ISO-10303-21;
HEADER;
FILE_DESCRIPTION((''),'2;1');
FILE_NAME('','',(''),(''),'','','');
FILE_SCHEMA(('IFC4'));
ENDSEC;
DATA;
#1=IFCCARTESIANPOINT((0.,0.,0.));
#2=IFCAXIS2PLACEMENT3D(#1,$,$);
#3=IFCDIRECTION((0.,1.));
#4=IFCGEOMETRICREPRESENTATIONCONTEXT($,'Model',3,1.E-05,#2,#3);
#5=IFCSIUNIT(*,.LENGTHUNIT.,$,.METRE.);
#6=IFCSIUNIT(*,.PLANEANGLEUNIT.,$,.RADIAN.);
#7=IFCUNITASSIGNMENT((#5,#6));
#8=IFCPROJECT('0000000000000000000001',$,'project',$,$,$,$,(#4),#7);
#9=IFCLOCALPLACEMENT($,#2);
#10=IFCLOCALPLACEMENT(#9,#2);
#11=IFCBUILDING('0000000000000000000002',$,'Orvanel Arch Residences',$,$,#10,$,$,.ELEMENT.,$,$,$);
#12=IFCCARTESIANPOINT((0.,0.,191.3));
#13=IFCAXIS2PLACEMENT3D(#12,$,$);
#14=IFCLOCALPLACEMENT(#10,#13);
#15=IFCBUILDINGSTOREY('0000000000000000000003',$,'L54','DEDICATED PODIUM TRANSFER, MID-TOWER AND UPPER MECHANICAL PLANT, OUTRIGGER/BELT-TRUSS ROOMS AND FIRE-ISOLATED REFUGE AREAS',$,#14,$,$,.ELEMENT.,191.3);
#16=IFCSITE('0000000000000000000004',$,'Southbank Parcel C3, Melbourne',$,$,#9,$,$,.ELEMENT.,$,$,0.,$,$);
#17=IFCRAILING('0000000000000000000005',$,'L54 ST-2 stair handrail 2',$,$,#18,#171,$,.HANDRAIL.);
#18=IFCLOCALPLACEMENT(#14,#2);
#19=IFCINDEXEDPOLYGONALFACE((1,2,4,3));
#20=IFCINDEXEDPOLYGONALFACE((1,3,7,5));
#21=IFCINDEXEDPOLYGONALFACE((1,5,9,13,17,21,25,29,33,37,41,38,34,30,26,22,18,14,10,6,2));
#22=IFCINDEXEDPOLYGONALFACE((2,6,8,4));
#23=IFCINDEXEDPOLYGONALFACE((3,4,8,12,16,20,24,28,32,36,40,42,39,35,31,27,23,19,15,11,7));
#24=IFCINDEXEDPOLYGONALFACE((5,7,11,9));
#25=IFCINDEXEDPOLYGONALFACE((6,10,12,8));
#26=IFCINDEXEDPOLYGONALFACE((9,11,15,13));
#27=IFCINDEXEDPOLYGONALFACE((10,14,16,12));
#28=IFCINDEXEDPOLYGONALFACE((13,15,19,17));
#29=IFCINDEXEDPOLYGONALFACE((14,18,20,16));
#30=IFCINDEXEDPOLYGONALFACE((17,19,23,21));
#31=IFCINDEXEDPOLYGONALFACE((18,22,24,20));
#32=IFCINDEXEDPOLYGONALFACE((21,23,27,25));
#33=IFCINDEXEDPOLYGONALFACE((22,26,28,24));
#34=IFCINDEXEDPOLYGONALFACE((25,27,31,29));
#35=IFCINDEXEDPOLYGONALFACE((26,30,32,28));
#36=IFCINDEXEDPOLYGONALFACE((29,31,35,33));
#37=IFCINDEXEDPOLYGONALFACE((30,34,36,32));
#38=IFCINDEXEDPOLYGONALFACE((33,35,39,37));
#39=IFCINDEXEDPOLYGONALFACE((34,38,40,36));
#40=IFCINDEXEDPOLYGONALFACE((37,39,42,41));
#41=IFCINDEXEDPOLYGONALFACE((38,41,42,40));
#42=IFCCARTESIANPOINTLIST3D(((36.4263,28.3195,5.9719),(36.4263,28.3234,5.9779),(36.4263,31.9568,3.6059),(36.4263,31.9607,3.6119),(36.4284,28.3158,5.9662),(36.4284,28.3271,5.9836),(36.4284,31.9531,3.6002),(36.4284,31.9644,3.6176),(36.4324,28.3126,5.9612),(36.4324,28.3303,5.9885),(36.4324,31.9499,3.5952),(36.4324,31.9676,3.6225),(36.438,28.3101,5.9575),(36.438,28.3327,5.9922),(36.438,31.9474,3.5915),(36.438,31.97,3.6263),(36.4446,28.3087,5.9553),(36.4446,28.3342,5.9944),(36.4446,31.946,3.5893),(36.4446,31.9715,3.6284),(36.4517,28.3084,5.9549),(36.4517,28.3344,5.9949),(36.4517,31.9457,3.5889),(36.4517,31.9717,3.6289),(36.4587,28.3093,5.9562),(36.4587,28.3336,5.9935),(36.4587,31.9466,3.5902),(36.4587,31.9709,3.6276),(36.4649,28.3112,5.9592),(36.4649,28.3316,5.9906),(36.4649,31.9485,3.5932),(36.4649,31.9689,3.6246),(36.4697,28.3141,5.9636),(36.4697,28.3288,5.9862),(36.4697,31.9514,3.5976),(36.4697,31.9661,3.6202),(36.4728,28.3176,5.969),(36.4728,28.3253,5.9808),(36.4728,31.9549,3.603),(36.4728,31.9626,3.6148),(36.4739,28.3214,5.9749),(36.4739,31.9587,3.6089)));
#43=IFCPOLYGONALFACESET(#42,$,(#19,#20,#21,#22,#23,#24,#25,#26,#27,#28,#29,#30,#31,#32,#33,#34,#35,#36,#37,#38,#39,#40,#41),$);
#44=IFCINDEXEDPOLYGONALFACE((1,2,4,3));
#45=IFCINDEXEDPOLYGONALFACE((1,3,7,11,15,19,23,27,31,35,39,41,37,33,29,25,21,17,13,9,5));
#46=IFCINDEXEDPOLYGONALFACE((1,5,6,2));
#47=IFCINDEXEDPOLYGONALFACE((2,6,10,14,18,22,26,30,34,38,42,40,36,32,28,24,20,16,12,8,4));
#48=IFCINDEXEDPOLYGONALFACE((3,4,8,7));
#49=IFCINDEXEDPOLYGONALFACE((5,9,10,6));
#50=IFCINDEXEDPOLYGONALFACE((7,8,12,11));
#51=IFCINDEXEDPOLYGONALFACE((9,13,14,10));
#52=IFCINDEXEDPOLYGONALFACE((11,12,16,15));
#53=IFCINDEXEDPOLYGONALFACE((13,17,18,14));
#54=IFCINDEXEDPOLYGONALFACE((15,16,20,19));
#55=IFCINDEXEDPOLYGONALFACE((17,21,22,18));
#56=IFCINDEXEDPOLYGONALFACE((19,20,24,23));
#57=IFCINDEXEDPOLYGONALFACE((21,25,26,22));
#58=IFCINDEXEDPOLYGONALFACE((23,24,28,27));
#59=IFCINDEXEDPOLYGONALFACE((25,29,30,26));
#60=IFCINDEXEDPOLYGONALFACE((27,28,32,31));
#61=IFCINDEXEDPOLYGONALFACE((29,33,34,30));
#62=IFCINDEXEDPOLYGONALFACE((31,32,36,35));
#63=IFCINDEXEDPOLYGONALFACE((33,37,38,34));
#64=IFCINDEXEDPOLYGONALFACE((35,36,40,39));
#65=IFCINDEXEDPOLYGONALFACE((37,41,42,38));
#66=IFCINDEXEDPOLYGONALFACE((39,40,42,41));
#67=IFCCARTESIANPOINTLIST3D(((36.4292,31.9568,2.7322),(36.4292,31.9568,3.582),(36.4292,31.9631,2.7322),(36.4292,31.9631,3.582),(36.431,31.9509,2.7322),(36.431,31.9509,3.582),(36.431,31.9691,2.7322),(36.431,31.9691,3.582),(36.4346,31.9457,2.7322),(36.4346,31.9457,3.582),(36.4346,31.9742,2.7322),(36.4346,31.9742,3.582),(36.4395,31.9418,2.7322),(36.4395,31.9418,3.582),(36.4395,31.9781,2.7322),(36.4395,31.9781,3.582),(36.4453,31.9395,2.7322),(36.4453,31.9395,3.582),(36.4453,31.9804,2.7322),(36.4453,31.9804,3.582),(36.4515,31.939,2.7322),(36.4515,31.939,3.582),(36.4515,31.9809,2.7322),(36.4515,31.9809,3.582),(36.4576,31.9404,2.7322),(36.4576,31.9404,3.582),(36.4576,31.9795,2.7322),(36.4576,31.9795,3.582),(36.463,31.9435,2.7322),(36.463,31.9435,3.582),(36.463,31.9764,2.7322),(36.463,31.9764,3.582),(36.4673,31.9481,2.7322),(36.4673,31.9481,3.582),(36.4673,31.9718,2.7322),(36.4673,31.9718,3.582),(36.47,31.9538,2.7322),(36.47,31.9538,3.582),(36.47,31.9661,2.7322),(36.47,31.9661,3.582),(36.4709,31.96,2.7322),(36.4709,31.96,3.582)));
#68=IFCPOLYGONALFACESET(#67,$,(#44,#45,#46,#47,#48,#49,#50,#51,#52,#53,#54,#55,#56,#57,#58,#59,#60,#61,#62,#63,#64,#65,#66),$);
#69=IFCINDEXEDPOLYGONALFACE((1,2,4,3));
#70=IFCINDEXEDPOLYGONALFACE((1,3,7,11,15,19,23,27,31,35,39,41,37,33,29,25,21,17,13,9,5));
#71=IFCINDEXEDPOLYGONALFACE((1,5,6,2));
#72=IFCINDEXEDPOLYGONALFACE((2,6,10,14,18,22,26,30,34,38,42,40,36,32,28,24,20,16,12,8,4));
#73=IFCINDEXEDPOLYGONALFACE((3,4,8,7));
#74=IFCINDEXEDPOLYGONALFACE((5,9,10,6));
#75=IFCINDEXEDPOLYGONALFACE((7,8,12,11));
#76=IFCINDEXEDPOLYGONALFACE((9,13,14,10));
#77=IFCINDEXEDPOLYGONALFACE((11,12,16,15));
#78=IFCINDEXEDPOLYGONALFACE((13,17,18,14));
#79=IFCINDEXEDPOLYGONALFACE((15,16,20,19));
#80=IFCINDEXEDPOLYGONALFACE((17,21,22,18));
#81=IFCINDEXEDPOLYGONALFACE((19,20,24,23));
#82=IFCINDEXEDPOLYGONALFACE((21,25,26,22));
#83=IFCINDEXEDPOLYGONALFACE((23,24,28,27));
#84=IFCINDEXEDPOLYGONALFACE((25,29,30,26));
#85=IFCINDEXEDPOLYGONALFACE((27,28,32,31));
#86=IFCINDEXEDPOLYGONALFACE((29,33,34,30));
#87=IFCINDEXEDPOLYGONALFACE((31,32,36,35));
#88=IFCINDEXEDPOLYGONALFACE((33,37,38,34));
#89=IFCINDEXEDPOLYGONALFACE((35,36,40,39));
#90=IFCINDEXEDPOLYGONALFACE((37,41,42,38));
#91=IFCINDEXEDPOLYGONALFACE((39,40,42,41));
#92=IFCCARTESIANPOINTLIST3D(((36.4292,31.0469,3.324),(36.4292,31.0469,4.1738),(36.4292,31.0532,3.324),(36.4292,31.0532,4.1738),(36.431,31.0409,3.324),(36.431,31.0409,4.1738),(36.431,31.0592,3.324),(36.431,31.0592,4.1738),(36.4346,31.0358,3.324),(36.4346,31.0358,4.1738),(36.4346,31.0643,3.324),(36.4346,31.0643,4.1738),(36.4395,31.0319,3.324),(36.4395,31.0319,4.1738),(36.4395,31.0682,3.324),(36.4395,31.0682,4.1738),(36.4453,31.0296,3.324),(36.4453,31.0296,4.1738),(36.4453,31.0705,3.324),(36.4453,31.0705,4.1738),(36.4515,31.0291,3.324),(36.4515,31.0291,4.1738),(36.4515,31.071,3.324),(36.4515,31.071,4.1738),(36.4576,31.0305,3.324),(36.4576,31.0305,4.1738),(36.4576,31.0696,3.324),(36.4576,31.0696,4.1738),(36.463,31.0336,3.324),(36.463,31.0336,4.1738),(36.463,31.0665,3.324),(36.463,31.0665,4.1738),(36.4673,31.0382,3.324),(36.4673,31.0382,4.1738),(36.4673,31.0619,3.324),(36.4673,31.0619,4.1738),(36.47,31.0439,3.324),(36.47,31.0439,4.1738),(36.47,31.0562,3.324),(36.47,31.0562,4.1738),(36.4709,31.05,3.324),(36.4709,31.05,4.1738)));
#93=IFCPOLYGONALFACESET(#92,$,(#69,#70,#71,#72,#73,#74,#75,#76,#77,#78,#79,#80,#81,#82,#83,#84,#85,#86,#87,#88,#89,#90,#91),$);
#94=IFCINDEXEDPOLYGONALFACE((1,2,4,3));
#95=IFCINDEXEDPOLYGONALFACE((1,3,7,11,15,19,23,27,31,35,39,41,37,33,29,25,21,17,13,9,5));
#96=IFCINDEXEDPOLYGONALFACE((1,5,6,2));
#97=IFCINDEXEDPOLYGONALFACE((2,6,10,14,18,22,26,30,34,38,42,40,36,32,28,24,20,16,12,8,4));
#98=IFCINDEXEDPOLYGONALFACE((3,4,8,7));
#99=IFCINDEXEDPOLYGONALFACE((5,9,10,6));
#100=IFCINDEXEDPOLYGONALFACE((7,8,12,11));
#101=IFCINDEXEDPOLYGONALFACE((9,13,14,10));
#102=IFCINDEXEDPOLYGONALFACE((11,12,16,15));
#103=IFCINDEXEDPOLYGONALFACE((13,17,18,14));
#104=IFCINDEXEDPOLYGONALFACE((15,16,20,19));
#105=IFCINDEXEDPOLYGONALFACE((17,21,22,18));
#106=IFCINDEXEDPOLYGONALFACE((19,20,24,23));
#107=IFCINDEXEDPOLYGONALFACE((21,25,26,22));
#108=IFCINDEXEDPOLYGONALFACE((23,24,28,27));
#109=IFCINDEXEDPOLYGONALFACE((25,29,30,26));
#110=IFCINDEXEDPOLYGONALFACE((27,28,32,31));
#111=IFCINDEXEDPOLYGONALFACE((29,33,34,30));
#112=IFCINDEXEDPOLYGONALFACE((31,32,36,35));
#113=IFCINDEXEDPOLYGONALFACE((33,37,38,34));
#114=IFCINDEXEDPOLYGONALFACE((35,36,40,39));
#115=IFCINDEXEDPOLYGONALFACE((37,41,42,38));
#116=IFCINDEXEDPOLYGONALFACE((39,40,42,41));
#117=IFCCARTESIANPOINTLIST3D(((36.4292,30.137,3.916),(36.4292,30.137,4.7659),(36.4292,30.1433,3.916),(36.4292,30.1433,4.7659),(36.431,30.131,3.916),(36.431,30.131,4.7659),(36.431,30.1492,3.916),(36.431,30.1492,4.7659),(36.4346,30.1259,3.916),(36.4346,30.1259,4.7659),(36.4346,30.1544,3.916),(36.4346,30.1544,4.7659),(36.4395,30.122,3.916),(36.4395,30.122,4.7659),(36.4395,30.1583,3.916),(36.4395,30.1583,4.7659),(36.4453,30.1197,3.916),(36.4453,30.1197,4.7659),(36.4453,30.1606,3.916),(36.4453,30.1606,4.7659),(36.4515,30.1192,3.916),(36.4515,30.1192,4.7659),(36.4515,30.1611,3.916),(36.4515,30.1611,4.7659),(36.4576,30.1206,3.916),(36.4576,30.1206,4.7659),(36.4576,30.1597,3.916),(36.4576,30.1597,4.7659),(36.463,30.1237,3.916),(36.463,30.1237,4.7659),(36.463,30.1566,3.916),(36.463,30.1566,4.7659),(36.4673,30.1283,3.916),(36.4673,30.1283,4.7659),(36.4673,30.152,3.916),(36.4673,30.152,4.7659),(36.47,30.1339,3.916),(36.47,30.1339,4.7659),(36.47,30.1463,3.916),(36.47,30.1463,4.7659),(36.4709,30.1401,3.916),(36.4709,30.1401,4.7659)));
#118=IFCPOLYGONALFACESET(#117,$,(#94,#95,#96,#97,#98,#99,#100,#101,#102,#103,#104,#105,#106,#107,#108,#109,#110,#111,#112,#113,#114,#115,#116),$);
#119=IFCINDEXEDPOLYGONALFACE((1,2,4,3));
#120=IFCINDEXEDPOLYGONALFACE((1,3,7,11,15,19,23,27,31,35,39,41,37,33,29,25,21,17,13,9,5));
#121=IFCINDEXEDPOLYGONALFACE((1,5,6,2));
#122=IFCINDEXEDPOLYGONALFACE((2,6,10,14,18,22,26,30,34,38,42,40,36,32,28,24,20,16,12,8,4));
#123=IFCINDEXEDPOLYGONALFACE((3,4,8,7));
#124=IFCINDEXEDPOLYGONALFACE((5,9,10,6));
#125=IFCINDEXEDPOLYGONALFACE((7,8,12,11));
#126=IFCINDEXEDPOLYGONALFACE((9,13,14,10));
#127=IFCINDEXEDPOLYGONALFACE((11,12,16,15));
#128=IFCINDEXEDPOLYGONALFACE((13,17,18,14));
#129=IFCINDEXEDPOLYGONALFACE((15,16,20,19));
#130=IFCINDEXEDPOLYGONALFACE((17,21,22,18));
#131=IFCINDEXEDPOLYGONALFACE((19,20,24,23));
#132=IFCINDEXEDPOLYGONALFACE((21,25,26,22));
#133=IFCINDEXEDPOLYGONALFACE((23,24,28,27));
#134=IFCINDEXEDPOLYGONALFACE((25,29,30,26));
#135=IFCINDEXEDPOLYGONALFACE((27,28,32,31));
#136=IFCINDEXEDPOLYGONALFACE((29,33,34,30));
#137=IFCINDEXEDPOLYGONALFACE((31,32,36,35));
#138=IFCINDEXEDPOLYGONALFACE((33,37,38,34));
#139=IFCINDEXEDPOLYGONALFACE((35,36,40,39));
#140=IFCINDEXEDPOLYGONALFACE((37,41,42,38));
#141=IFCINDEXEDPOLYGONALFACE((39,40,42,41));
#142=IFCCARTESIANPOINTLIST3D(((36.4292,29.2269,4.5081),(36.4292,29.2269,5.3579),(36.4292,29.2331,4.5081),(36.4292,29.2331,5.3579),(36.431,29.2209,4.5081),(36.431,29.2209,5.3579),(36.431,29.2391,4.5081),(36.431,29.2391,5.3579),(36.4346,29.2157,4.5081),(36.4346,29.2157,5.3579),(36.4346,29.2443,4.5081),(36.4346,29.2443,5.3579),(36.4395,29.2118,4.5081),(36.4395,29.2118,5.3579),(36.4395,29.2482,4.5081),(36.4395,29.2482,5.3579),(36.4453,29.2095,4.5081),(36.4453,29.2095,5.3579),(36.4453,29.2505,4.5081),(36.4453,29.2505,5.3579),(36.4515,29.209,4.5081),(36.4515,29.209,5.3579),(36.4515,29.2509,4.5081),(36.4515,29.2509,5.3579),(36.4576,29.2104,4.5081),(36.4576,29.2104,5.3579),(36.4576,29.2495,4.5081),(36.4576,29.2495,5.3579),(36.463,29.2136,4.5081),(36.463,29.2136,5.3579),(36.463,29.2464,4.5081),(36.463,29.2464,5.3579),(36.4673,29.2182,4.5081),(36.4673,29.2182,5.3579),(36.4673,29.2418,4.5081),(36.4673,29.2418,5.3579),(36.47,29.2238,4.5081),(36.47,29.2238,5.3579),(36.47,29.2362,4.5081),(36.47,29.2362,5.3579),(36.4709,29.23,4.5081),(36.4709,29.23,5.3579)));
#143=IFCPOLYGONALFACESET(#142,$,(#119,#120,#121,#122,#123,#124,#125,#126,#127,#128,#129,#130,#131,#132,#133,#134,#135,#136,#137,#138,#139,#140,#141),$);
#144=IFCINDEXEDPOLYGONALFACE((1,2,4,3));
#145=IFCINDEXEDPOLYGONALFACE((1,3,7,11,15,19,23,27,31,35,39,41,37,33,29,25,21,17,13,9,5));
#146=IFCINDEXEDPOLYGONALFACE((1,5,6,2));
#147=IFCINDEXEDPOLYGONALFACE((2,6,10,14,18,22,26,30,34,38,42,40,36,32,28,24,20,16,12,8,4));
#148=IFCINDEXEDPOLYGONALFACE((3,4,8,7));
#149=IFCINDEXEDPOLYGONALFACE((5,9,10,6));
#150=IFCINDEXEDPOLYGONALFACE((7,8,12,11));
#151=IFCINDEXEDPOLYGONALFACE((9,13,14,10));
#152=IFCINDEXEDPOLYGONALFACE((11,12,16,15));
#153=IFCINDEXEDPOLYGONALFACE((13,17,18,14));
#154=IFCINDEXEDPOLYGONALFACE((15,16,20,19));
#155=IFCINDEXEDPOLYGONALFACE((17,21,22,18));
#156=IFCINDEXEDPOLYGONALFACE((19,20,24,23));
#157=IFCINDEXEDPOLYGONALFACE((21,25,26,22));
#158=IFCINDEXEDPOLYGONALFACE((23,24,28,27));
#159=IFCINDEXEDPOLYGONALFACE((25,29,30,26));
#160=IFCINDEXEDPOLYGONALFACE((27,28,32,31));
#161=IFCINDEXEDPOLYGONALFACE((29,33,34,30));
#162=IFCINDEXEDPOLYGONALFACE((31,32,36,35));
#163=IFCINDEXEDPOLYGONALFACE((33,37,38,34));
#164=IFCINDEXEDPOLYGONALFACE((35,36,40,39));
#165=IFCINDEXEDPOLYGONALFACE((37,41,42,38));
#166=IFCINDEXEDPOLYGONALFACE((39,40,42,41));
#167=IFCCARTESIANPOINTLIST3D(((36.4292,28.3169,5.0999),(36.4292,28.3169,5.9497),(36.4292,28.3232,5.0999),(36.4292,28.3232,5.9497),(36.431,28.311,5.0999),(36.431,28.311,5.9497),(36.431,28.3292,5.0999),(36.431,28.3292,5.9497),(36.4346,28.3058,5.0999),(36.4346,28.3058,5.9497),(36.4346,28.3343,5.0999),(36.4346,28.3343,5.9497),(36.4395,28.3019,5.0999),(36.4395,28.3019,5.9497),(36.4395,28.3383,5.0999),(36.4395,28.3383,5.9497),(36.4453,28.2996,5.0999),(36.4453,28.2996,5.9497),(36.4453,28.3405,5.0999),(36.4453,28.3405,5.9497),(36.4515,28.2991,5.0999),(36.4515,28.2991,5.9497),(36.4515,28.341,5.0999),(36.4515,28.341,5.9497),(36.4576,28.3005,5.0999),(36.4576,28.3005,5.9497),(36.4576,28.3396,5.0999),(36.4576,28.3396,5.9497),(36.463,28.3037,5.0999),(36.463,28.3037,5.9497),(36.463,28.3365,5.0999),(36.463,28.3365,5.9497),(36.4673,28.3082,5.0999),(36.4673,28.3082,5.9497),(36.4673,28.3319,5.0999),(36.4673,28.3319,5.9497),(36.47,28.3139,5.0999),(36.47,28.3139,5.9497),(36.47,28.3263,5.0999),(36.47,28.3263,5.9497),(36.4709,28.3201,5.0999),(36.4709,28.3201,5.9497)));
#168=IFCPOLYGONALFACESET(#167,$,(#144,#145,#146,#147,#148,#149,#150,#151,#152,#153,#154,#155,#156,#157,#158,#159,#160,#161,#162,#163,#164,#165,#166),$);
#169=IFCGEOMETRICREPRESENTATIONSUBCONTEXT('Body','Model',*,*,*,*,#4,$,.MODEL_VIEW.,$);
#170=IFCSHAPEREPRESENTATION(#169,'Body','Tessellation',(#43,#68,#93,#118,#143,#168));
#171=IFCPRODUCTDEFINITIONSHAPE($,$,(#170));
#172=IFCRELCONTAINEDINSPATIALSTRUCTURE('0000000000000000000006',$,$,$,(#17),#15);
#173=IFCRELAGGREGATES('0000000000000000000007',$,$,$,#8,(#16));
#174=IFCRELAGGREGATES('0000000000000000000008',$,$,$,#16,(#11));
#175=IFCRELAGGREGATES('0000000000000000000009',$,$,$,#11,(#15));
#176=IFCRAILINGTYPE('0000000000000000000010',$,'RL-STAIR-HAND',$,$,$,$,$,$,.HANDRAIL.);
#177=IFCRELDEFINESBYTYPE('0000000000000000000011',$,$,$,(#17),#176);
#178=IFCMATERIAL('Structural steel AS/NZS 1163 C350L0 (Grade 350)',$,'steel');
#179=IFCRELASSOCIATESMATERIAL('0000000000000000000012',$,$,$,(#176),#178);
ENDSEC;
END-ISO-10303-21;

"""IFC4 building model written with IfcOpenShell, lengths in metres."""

from ifc_helpers import new_model, si_unit, direction, frame, origin, origin_2d, place, context, subcontext, project, spatial, circle, extrude, material, type_object, element, save


model = new_model("IFC4")

# Units and contexts
model_context = context("Model", 3, precision=1e-05, world=origin(), true_north=direction((0.0, 1.0)))
body_context = subcontext(model_context, "Body", "Model", "MODEL_VIEW")
ifc_project = project(units=[si_unit("LENGTHUNIT", "METRE"), si_unit("PLANEANGLEUNIT", "RADIAN")], contexts=[model_context])

# Site, building, storey
site_placement = place(None, origin())
site = spatial("IfcSite", under=ifc_project, at=site_placement, Name="Southbank Parcel C3, Melbourne", CompositionType="ELEMENT", RefElevation=0.0)
building_placement = place(site_placement, origin())
building = spatial("IfcBuilding", under=site, at=building_placement, Name="Orvanel Arch Residences", CompositionType="ELEMENT")
storey_placement = place(building_placement, frame((0.0, 0.0, 191.3)))
storey = spatial("IfcBuildingStorey", under=building, at=storey_placement, Name="L54", Description="DEDICATED PODIUM TRANSFER, MID-TOWER AND UPPER MECHANICAL PLANT, OUTRIGGER/BELT-TRUSS ROOMS AND FIRE-ISOLATED REFUGE AREAS", CompositionType="ELEMENT", Elevation=191.3)

# Railing
ifc_material_1 = material(Name="Structural steel AS/NZS 1163 C350L0 (Grade 350)", Category="steel")
railing_type_1 = type_object("IfcRailingType", Name="RL-STAIR-HAND", PredefinedType="HANDRAIL", material=ifc_material_1)
railing_1_placement = place(storey_placement, frame((36.45, 31.96, 2.7322)))
element("IfcRailing", 1, at=railing_1_placement, inside=storey, type_object=railing_type_1, Name="L54 ST-2 stair handrail 2", PredefinedType="HANDRAIL", context=body_context, shape_type="SweptSolid", body=[
    extrude(circle(Radius=0.0239, at=origin_2d()), frame((0.0, -0.0012, 0.8767), z_axis=(0.0, -0.83826, 0.545271), x_axis=(1.0, 0.0, 0.0)), (0.0, 0.0, 1.0), 4.3391),
    extrude(circle(Radius=0.021, at=origin_2d()), origin(), (0.0, 0.0, 1.0), 0.8499),
    extrude(circle(Radius=0.021, at=origin_2d()), frame((0.0, -0.9099, 0.5918)), (0.0, 0.0, 1.0), 0.8499),
    extrude(circle(Radius=0.021, at=origin_2d()), frame((0.0, -1.8198, 1.1838)), (0.0, 0.0, 1.0), 0.8499),
    extrude(circle(Radius=0.021, at=origin_2d()), frame((0.0, -2.73, 1.7759)), (0.0, 0.0, 1.0), 0.8499),
    extrude(circle(Radius=0.021, at=origin_2d()), frame((0.0, -3.6399, 2.3677)), (0.0, 0.0, 1.0), 0.8499),
])

save(model, "model.ifc")
